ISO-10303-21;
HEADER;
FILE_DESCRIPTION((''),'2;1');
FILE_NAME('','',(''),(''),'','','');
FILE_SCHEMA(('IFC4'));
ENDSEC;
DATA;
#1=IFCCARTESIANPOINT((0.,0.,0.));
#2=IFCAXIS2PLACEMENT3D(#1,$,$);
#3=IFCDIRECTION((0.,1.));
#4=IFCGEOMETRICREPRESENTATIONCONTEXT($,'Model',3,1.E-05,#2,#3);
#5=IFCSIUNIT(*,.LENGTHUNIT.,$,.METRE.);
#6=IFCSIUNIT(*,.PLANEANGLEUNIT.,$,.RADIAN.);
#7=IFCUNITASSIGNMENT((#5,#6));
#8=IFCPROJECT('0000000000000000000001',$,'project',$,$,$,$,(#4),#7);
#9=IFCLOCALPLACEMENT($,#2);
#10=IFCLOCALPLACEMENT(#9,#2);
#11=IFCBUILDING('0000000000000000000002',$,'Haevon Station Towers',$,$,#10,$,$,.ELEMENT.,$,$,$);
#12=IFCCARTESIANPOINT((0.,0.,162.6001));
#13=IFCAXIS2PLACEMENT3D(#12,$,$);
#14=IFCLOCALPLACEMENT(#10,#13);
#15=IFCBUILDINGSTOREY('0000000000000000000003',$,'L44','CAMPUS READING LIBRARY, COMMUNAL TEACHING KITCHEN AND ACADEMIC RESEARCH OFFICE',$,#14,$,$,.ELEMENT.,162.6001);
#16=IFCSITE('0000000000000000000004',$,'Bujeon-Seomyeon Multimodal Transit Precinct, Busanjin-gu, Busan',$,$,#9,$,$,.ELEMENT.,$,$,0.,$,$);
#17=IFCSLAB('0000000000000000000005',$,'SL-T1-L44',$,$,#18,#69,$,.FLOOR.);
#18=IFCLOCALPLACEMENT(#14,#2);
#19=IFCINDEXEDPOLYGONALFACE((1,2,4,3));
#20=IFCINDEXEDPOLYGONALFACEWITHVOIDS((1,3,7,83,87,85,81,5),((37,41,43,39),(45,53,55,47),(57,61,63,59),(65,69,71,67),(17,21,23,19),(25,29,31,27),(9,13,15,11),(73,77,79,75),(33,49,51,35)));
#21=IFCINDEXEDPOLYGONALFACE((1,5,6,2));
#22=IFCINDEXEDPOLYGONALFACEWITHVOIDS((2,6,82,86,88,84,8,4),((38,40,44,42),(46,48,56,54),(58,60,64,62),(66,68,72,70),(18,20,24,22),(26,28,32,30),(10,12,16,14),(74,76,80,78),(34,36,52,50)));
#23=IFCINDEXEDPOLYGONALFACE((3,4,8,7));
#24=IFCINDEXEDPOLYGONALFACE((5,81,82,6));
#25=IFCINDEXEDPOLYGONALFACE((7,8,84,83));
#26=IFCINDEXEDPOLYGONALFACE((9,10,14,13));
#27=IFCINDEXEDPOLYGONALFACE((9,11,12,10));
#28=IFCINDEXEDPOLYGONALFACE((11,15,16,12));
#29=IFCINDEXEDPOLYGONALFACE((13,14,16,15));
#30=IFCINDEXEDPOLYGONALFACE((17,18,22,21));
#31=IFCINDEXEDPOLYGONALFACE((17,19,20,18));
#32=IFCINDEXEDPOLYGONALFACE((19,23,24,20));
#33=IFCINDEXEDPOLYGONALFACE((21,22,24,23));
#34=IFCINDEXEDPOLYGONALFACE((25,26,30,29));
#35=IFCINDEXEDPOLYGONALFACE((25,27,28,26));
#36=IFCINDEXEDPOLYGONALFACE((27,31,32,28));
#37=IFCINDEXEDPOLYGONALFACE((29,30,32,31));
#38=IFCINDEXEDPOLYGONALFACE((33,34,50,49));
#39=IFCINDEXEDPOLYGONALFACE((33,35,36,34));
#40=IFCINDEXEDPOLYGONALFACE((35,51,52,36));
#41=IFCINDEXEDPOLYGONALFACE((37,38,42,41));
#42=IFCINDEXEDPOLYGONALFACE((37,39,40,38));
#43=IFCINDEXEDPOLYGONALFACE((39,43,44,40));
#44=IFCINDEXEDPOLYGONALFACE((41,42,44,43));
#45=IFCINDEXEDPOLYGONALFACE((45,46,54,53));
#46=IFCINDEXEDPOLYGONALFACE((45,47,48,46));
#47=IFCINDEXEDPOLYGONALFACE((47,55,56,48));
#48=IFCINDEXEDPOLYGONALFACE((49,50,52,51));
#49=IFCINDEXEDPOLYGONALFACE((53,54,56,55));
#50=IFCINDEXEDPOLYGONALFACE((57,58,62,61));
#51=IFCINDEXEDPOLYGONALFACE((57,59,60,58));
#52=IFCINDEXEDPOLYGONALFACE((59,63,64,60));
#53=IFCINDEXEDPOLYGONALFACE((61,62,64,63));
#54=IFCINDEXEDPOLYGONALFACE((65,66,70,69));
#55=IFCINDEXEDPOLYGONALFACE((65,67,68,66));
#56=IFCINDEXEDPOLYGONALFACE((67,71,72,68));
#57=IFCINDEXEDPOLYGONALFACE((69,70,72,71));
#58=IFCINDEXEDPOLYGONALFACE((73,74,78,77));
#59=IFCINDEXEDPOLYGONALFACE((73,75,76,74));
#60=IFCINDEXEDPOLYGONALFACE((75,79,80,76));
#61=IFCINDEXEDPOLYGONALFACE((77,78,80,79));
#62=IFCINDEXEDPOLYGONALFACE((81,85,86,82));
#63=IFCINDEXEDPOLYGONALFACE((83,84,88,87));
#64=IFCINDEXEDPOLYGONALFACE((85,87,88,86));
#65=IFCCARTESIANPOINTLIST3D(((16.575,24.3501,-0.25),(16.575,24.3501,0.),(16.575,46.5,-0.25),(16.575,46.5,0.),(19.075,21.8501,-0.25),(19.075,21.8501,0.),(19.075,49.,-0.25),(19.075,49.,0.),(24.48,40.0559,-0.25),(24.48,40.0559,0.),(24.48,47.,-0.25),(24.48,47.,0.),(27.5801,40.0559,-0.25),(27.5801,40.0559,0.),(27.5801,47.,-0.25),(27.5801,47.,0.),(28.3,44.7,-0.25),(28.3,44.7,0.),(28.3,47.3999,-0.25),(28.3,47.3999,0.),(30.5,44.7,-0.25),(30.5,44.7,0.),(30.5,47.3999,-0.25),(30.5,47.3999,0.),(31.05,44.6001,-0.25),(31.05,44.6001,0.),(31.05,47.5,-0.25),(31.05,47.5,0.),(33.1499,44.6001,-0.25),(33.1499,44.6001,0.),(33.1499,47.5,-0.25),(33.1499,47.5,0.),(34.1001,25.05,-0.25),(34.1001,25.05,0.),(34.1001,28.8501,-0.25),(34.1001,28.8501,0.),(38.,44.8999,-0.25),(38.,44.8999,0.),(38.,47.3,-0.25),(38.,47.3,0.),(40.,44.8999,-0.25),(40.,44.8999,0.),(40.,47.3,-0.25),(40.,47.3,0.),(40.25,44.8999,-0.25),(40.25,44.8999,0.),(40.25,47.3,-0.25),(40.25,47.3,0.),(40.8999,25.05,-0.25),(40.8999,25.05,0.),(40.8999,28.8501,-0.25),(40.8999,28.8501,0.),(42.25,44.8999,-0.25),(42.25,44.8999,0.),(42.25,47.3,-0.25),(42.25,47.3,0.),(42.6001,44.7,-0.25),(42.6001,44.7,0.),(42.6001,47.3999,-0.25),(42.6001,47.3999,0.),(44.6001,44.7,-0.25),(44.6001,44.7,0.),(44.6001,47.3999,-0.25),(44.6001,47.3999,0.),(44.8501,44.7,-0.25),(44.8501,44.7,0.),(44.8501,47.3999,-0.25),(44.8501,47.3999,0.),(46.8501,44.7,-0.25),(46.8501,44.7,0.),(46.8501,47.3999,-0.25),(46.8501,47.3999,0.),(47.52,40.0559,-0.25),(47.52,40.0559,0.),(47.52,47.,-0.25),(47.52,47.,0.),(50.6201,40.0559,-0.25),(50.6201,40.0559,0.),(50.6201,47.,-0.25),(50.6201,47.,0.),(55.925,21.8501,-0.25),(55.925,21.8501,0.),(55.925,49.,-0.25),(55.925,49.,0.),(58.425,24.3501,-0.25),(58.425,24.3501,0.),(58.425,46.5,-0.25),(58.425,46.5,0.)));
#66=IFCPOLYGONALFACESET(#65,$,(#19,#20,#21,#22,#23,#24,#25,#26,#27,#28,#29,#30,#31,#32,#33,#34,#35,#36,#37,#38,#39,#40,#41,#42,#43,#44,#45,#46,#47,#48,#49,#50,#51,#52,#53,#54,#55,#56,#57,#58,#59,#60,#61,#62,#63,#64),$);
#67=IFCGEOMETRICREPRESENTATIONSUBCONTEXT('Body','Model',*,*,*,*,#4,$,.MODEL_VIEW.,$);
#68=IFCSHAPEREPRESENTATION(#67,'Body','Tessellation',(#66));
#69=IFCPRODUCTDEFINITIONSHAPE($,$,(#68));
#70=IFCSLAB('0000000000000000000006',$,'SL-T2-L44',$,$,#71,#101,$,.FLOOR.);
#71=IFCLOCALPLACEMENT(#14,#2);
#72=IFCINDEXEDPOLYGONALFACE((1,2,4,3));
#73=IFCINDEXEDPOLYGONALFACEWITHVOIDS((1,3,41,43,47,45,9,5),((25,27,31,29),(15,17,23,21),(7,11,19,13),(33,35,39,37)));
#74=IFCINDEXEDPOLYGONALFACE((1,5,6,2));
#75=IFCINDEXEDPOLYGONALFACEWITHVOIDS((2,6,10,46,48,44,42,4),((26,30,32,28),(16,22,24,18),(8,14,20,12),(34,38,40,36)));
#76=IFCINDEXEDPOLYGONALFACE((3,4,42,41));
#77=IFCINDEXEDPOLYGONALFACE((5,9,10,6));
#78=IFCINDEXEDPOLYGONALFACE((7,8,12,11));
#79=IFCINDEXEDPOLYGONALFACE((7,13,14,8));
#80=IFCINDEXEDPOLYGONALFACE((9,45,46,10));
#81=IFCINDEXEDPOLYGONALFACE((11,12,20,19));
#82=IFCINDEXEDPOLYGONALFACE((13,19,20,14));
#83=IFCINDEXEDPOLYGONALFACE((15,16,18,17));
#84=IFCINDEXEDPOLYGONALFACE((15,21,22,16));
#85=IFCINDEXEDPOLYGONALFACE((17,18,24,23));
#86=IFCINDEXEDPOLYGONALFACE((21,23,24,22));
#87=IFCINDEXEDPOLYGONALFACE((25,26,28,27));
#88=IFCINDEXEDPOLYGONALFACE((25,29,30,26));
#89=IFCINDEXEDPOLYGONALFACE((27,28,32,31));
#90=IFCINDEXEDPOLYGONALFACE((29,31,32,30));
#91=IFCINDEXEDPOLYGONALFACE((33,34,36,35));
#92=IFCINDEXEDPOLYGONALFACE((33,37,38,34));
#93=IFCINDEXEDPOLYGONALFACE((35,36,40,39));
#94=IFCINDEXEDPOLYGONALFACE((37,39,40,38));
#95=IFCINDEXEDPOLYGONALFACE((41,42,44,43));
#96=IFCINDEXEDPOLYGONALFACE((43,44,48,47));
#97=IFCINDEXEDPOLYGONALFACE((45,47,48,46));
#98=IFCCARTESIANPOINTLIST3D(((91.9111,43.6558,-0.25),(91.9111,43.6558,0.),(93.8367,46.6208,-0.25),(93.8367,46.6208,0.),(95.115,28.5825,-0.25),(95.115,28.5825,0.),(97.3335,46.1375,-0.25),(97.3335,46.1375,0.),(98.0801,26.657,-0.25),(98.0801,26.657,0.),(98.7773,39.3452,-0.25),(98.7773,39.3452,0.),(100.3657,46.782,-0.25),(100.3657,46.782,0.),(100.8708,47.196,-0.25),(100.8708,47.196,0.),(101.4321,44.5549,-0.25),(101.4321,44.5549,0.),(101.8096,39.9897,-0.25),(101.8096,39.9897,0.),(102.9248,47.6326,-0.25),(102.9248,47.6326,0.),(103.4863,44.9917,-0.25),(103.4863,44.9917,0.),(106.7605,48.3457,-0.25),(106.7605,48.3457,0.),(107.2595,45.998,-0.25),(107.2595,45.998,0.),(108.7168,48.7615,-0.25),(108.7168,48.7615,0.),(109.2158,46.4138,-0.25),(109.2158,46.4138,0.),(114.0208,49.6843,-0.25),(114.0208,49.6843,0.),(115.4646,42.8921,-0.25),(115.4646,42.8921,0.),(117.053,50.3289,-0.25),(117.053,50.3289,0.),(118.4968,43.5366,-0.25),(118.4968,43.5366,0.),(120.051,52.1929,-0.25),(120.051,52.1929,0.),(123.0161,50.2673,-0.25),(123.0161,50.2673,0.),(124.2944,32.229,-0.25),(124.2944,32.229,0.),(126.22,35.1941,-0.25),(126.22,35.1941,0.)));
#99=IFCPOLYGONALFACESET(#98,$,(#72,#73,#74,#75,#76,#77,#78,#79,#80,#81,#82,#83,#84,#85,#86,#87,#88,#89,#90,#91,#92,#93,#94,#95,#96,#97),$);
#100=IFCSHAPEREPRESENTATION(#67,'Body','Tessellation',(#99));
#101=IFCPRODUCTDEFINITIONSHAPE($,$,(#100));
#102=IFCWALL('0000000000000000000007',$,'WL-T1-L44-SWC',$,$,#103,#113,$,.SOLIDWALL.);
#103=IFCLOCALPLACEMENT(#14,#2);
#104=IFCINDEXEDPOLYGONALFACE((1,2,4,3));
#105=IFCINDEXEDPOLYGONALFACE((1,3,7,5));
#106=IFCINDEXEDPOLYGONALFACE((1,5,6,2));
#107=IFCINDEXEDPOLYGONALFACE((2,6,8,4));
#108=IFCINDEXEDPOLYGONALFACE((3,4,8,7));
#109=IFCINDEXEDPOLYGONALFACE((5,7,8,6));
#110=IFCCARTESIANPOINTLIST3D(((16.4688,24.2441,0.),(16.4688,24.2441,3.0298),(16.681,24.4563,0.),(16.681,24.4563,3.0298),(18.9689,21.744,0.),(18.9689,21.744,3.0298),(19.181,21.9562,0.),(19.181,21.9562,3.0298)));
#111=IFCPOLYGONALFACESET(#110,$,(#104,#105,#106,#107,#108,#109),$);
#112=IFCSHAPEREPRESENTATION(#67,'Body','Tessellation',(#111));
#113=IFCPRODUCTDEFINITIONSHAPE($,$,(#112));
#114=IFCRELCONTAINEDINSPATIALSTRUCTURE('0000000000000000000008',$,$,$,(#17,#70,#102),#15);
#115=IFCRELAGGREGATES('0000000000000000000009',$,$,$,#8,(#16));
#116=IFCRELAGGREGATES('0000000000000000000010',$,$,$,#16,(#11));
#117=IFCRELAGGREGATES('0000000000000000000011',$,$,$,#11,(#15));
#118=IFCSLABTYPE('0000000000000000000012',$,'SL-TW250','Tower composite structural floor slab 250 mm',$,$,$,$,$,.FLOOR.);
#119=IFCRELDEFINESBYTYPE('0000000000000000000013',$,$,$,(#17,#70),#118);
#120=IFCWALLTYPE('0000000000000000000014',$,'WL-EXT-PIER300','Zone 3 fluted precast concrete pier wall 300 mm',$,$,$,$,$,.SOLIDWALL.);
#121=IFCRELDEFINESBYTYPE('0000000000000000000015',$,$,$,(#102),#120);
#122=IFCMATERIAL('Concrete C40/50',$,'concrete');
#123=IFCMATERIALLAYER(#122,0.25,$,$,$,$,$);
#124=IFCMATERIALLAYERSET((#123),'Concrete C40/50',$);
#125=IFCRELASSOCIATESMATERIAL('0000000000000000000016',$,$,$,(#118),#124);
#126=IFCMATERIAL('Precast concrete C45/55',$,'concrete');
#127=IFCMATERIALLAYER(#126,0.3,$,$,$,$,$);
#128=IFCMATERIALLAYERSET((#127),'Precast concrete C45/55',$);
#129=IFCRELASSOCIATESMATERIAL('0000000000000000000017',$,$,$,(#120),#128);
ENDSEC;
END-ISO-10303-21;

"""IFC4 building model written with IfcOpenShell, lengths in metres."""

from ifc_helpers import new_model, si_unit, direction, frame, frame_2d, origin, place, context, subcontext, project, spatial, polyline, rectangle, outline, extrude, material, layer, layer_set, type_object, element, save


model = new_model("IFC4")

# Units and contexts
model_context = context("Model", 3, precision=1e-05, world=origin(), true_north=direction((0.0, 1.0)))
body_context = subcontext(model_context, "Body", "Model", "MODEL_VIEW")
ifc_project = project(units=[si_unit("LENGTHUNIT", "METRE"), si_unit("PLANEANGLEUNIT", "RADIAN")], contexts=[model_context])

# Site, building, storey
site_placement = place(None, origin())
site = spatial("IfcSite", under=ifc_project, at=site_placement, Name="Bujeon-Seomyeon Multimodal Transit Precinct, Busanjin-gu, Busan", CompositionType="ELEMENT", RefElevation=0.0)
building_placement = place(site_placement, origin())
building = spatial("IfcBuilding", under=site, at=building_placement, Name="Haevon Station Towers", CompositionType="ELEMENT")
storey_placement = place(building_placement, frame((0.0, 0.0, 162.6001)))
storey = spatial("IfcBuildingStorey", under=building, at=storey_placement, Name="L44", Description="CAMPUS READING LIBRARY, COMMUNAL TEACHING KITCHEN AND ACADEMIC RESEARCH OFFICE", CompositionType="ELEMENT", Elevation=162.6001)

# Shared definitions
ifc_material_1 = material(Name="Concrete C40/50", Category="concrete")

# Slabs
ifc_layer_1 = layer(ifc_material_1, 0.25)
ifc_layer_set_1 = layer_set([ifc_layer_1], Name="Concrete C40/50")
slab_type_1 = type_object("IfcSlabType", Name="SL-TW250", Description="Tower composite structural floor slab 250 mm", PredefinedType="FLOOR", material=ifc_layer_set_1)
slab_1_placement = place(storey_placement, frame((0.0, 0.0, -0.25)))
element("IfcSlab", 1, at=slab_1_placement, inside=storey, type_object=slab_type_1, Name="SL-T1-L44", PredefinedType="FLOOR", context=body_context, shape_type="SweptSolid", body=[
    extrude(outline(polyline([(19.075, 21.8501), (55.925, 21.8501), (58.425, 24.3501), (58.425, 46.5), (55.925, 49.0), (19.075, 49.0), (16.575, 46.5), (16.575, 24.3501), (19.075, 21.8501)]), holes=[polyline([(27.5801, 40.0559), (27.5801, 47.0), (24.48, 47.0), (24.48, 40.0559), (27.5801, 40.0559)]), polyline([(50.6201, 40.0559), (50.6201, 47.0), (47.52, 47.0), (47.52, 40.0559), (50.6201, 40.0559)]), polyline([(28.3, 44.7), (30.5, 44.7), (30.5, 47.3999), (28.3, 47.3999), (28.3, 44.7)]), polyline([(31.05, 44.6001), (33.1499, 44.6001), (33.1499, 47.5), (31.05, 47.5), (31.05, 44.6001)]), polyline([(38.0, 44.8999), (40.0, 44.8999), (40.0, 47.3), (38.0, 47.3), (38.0, 44.8999)]), polyline([(40.25, 44.8999), (42.25, 44.8999), (42.25, 47.3), (40.25, 47.3), (40.25, 44.8999)]), polyline([(42.6001, 44.7), (44.6001, 44.7), (44.6001, 47.3999), (42.6001, 47.3999), (42.6001, 44.7)]), polyline([(44.8501, 44.7), (46.8501, 44.7), (46.8501, 47.3999), (44.8501, 47.3999), (44.8501, 44.7)]), polyline([(34.1001, 25.05), (40.8999, 25.05), (40.8999, 28.8501), (34.1001, 28.8501), (34.1001, 25.05)])]), origin(), (0.0, 0.0, 1.0), 0.25),
])
slab_2_placement = place(storey_placement, frame((0.0, 0.0, -0.25)))
element("IfcSlab", 2, at=slab_2_placement, inside=storey, type_object=slab_type_1, Name="SL-T2-L44", PredefinedType="FLOOR", context=body_context, shape_type="SweptSolid", body=[
    extrude(outline(polyline([(98.0801, 26.657), (124.2944, 32.229), (126.22, 35.1941), (123.0161, 50.2673), (120.051, 52.1929), (93.8367, 46.6208), (91.9111, 43.6558), (95.115, 28.5825), (98.0801, 26.657)]), holes=[polyline([(101.8096, 39.9897), (100.3657, 46.782), (97.3335, 46.1375), (98.7773, 39.3452), (101.8096, 39.9897)]), polyline([(118.4968, 43.5366), (117.053, 50.3289), (114.0208, 49.6843), (115.4646, 42.8921), (118.4968, 43.5366)]), polyline([(101.4321, 44.5549), (103.4863, 44.9917), (102.9248, 47.6326), (100.8708, 47.196), (101.4321, 44.5549)]), polyline([(107.2595, 45.998), (109.2158, 46.4138), (108.7168, 48.7615), (106.7605, 48.3457), (107.2595, 45.998)])]), origin(), (0.0, 0.0, 1.0), 0.25),
])

# Wall
ifc_material_2 = material(Name="Precast concrete C45/55", Category="concrete")
ifc_layer_2 = layer(ifc_material_2, 0.3)
ifc_layer_set_2 = layer_set([ifc_layer_2], Name="Precast concrete C45/55")
wall_type_1 = type_object("IfcWallType", Name="WL-EXT-PIER300", Description="Zone 3 fluted precast concrete pier wall 300 mm", PredefinedType="SOLIDWALL", material=ifc_layer_set_2)
wall_1_placement = place(storey_placement, frame((19.075, 21.8501, 0.0), z_axis=(0.0, 0.0, 1.0), x_axis=(-0.707107, 0.707107, 0.0)))
element("IfcWall", 3, at=wall_1_placement, inside=storey, type_object=wall_type_1, Name="WL-T1-L44-SWC", PredefinedType="SOLIDWALL", context=body_context, shape_type="SweptSolid", body=[
    extrude(rectangle(XDim=3.5356, YDim=0.3, at=frame_2d((1.7678, 0.0))), origin(), (0.0, 0.0, 1.0), 3.0298),
])

save(model, "model.ifc")
